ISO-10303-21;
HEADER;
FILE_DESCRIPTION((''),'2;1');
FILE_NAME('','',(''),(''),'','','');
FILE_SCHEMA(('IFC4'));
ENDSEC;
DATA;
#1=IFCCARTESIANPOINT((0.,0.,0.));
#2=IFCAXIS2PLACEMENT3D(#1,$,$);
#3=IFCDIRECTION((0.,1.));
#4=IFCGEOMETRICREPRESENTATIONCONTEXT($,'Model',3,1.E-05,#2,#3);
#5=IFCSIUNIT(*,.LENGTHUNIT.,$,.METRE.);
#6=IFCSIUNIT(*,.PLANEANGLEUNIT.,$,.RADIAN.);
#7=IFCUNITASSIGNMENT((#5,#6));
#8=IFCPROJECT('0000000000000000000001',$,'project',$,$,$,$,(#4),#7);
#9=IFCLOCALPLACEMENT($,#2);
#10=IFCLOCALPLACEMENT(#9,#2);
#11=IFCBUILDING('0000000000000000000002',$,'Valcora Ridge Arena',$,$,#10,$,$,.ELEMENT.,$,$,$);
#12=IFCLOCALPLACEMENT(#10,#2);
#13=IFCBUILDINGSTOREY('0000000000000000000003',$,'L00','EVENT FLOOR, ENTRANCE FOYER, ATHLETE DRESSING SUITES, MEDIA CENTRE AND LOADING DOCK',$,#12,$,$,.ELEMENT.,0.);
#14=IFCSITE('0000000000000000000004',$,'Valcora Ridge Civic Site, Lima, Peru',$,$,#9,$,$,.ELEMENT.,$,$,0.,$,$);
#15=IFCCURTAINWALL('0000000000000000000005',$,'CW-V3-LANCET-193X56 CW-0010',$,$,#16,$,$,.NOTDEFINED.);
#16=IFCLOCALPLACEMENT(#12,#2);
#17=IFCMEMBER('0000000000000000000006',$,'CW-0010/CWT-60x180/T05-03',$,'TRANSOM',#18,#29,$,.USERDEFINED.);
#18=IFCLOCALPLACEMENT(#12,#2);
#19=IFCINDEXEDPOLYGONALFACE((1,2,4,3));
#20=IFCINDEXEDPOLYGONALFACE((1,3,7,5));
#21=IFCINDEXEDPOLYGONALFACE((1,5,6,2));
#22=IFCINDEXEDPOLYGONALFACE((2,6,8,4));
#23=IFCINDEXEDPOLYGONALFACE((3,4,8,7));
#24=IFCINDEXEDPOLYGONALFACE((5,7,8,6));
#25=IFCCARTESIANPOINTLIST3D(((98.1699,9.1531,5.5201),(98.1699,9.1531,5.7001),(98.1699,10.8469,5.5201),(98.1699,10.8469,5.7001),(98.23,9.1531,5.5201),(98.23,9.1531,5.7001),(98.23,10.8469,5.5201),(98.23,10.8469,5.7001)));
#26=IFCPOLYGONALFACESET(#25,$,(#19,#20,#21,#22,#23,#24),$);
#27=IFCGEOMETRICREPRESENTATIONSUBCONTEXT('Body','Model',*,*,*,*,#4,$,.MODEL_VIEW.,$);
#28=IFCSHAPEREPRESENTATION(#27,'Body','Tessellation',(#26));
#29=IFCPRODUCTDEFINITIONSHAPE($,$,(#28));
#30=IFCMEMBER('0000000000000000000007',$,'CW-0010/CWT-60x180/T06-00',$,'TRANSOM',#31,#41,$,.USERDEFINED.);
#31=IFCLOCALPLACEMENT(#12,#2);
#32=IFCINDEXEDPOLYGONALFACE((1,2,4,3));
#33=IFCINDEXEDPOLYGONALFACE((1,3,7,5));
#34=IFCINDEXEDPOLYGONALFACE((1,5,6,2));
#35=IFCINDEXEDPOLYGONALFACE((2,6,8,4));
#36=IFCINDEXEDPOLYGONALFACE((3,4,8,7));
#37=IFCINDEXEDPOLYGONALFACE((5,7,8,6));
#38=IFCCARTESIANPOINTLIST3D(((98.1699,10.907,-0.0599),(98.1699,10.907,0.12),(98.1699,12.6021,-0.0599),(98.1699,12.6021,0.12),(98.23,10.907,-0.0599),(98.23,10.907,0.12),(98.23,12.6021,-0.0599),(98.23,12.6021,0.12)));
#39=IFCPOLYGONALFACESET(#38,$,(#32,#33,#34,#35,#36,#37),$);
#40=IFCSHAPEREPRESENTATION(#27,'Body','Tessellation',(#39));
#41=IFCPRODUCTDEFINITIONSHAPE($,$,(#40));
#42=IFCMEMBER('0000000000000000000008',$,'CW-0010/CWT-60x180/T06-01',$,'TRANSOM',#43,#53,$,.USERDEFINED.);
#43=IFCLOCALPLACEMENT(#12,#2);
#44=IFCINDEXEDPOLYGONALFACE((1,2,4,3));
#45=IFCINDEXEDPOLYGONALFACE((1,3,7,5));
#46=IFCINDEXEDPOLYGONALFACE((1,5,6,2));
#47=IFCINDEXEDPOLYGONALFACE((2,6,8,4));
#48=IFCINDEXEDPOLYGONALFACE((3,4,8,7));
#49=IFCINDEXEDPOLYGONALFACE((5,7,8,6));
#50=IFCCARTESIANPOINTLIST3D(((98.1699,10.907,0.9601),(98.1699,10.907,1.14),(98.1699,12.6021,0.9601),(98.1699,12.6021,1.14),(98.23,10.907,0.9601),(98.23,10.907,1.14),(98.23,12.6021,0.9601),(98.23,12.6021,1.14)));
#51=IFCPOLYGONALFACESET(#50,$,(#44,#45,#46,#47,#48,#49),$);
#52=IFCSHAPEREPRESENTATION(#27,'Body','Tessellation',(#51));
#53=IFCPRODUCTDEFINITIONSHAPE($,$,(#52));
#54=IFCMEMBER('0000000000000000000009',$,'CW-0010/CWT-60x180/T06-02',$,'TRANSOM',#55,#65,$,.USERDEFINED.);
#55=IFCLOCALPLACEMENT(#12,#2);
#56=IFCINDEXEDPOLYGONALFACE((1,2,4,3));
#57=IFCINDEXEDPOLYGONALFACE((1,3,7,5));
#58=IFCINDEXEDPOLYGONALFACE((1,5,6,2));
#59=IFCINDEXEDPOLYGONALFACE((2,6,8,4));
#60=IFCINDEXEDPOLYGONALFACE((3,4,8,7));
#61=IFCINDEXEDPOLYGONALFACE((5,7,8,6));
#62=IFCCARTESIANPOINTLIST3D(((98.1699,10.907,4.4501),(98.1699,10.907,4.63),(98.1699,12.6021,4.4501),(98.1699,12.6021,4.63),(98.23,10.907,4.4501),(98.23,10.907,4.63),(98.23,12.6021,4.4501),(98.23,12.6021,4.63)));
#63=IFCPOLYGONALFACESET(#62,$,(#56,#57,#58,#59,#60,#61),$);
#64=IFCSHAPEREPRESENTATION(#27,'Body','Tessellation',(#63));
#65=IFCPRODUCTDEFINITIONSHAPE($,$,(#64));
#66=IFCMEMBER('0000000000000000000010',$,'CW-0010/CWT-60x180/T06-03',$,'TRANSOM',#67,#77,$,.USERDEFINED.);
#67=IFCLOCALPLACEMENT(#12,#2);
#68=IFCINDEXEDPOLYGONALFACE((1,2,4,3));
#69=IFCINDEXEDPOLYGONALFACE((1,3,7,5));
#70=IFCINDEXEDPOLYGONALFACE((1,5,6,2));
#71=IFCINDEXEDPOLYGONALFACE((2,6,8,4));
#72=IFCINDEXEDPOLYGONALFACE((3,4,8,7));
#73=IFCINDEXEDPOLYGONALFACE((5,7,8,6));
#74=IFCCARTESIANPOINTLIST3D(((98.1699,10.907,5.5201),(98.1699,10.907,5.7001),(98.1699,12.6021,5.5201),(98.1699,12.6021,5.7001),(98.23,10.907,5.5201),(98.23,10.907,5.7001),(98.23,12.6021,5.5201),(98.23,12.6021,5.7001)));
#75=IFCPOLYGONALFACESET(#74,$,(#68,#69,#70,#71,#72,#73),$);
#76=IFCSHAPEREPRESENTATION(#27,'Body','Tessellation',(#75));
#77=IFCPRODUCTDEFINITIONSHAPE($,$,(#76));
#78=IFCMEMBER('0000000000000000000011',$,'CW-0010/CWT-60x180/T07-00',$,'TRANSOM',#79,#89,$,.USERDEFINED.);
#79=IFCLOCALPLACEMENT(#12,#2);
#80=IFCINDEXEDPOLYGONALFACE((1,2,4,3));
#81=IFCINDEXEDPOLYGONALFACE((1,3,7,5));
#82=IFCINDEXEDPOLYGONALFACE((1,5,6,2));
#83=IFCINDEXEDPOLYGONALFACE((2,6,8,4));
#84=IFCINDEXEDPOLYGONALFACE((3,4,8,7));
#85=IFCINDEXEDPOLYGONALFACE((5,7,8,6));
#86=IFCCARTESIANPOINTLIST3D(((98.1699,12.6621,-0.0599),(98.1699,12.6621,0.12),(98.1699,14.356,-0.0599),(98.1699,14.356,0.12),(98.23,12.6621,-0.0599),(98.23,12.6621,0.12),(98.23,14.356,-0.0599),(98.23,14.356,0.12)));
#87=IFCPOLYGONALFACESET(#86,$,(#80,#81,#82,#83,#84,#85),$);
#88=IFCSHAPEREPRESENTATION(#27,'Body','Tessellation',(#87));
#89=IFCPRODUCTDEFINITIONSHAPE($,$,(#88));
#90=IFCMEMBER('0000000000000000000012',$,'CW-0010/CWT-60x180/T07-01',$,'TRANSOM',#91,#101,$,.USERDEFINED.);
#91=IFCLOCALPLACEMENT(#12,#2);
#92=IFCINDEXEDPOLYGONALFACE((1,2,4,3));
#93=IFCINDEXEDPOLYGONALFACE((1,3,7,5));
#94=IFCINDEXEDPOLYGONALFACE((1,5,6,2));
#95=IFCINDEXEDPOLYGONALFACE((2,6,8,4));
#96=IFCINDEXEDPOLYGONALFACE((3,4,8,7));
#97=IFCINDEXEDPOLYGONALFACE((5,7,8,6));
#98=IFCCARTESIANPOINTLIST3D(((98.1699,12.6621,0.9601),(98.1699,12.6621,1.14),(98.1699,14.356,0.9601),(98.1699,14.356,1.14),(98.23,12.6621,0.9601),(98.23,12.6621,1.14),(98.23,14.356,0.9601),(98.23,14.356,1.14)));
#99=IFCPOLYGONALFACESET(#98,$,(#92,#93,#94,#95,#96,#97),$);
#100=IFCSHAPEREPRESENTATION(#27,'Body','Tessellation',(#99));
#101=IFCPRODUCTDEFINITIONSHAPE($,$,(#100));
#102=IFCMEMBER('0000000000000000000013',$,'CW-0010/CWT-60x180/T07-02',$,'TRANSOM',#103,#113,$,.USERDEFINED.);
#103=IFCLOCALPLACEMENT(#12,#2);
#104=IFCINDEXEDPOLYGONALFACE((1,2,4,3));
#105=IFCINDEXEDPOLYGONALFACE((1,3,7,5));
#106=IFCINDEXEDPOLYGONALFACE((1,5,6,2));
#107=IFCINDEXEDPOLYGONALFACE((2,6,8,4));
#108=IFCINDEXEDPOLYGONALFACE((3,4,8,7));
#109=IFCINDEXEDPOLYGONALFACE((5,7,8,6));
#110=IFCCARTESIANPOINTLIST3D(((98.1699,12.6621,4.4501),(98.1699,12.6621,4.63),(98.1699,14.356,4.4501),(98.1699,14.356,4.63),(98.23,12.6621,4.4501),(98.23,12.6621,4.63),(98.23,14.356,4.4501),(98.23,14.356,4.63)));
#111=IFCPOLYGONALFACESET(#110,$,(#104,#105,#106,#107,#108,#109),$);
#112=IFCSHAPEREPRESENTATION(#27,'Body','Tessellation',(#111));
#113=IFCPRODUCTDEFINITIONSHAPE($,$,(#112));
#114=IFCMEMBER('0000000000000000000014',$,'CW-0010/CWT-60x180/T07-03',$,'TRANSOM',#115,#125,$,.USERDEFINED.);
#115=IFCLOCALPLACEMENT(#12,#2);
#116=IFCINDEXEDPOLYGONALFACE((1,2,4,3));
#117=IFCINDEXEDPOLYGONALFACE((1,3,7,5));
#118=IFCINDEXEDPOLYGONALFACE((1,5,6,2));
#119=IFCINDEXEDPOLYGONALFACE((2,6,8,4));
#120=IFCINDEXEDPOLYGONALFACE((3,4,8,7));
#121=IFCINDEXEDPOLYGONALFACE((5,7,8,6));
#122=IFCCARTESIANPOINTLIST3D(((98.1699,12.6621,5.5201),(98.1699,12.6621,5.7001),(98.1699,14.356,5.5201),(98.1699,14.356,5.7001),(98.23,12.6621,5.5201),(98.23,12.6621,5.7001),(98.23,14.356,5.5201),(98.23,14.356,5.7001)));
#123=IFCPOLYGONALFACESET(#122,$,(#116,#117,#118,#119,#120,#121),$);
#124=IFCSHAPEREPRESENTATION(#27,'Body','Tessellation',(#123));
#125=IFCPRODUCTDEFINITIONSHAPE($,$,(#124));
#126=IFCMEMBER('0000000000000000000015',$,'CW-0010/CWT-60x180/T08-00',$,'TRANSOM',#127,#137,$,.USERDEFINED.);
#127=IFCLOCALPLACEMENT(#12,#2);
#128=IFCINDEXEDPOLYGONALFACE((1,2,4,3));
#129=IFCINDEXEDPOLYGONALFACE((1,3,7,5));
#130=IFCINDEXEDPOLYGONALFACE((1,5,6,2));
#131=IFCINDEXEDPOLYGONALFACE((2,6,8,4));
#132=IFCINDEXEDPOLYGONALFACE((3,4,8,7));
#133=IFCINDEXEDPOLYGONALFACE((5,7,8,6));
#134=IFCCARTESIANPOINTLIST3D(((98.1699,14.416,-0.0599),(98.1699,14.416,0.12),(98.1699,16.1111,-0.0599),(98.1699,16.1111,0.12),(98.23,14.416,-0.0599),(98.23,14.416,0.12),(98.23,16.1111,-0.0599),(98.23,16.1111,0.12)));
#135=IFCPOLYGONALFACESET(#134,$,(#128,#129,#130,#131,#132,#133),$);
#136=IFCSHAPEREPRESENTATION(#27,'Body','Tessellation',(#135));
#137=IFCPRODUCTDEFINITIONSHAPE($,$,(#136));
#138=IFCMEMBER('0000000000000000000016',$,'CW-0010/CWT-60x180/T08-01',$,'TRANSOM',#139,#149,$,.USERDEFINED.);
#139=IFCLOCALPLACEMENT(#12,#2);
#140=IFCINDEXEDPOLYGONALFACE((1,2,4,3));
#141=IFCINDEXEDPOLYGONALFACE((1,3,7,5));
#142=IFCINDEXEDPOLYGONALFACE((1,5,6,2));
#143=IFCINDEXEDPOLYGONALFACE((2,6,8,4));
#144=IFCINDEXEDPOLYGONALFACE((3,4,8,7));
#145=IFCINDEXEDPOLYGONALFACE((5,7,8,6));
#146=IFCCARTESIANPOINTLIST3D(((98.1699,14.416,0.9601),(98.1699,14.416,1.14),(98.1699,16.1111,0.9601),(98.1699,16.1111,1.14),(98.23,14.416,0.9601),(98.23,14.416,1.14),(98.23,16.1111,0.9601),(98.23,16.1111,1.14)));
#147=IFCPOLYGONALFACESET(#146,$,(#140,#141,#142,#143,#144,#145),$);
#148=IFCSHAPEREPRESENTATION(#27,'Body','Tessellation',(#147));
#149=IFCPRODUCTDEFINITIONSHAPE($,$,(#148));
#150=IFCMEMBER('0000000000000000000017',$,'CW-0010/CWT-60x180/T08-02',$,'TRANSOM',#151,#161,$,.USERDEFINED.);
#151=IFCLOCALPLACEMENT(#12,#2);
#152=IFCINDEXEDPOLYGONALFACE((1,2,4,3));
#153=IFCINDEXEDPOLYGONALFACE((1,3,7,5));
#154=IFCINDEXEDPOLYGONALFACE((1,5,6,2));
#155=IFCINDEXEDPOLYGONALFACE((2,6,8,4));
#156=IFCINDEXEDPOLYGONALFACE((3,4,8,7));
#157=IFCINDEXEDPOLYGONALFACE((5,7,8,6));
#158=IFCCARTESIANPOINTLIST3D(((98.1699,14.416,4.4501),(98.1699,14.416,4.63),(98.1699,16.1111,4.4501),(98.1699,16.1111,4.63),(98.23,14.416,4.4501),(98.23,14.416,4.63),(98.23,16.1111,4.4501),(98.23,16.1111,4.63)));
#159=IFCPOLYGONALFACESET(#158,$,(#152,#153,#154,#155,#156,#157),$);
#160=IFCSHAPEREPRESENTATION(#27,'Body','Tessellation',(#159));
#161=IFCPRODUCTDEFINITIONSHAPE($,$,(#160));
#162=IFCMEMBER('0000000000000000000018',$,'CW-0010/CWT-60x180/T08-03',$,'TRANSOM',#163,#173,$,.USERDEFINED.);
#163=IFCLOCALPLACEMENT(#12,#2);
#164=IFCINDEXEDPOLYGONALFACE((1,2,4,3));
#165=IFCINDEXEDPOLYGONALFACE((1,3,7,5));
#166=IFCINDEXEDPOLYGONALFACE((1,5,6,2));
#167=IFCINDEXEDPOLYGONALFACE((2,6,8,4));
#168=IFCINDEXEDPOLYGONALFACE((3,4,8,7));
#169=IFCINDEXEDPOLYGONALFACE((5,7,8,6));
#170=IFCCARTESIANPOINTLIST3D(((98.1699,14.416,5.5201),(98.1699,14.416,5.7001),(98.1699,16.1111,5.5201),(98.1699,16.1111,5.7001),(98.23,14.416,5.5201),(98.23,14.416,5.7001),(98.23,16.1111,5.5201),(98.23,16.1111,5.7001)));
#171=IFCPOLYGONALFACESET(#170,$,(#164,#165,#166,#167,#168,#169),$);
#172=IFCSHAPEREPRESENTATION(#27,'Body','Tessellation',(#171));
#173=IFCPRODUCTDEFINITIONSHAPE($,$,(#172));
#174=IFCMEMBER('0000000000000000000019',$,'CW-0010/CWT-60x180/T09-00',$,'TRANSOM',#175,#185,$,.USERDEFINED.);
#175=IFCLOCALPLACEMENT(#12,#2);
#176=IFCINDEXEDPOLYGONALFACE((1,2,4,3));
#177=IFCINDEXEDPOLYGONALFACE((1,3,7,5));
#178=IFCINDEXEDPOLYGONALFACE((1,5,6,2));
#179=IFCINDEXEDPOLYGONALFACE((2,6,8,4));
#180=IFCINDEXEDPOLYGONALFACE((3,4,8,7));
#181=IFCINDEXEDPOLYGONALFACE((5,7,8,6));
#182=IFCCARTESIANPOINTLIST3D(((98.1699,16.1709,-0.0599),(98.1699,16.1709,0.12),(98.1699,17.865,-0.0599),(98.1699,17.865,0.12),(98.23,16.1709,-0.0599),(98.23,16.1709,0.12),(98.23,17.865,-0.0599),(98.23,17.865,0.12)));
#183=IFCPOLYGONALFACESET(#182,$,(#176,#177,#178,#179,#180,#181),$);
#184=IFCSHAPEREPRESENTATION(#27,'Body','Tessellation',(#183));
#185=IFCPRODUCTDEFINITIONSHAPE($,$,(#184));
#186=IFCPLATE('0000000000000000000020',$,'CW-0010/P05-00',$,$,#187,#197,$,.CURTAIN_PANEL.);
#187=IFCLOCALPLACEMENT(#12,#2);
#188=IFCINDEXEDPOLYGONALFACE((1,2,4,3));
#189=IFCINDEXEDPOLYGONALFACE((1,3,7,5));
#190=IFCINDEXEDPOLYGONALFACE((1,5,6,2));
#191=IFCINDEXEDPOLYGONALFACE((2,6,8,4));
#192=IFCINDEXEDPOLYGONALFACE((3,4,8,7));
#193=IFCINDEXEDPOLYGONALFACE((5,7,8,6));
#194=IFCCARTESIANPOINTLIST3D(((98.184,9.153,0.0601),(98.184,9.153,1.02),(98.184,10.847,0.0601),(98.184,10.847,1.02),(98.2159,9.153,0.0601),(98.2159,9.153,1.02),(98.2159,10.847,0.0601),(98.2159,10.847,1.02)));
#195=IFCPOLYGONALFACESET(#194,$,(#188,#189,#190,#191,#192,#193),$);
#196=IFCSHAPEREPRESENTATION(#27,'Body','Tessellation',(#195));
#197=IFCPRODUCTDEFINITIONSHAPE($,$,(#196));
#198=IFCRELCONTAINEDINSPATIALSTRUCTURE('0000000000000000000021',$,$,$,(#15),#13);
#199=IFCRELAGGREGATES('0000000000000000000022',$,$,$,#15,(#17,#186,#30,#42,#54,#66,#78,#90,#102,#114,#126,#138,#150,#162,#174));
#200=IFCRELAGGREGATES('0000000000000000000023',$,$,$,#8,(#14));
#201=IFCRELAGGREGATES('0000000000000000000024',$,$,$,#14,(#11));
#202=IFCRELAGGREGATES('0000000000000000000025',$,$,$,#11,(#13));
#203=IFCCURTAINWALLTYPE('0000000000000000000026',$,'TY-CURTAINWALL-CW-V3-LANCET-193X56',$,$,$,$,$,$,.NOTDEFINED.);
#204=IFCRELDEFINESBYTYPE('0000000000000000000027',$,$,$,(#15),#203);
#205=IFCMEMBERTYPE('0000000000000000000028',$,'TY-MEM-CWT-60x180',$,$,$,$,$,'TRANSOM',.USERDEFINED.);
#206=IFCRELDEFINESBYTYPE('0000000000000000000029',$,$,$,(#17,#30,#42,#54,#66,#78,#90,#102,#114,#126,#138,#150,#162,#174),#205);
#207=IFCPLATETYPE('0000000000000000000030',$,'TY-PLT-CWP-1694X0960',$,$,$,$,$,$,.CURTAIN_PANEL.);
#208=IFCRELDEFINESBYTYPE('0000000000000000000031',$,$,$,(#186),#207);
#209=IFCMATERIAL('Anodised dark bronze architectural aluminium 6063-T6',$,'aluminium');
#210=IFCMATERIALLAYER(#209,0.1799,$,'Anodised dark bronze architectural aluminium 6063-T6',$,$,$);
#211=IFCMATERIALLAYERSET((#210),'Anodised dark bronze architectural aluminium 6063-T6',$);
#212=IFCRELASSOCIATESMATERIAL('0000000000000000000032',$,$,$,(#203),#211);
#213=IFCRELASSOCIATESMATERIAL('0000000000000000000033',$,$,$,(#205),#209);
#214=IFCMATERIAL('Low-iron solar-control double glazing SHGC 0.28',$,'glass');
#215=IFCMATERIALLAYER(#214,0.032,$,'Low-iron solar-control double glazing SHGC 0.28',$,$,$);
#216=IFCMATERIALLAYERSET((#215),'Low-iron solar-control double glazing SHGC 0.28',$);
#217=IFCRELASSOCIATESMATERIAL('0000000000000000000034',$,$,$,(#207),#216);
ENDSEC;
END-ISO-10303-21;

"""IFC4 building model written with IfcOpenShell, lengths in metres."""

from ifc_helpers import new_model, si_unit, direction, frame, origin, origin_2d, place, context, subcontext, project, spatial, rectangle, extrude, material, layer, layer_set, material_profile, profile_set, type_object, element, aggregate, save


model = new_model("IFC4")

# Units and contexts
model_context = context("Model", 3, precision=1e-05, world=origin(), true_north=direction((0.0, 1.0)))
body_context = subcontext(model_context, "Body", "Model", "MODEL_VIEW")
ifc_project = project(units=[si_unit("LENGTHUNIT", "METRE"), si_unit("PLANEANGLEUNIT", "RADIAN")], contexts=[model_context])

# Site, building, storey
site_placement = place(None, origin())
site = spatial("IfcSite", under=ifc_project, at=site_placement, Name="Valcora Ridge Civic Site, Lima, Peru", CompositionType="ELEMENT", RefElevation=0.0)
building_placement = place(site_placement, origin())
building = spatial("IfcBuilding", under=site, at=building_placement, Name="Valcora Ridge Arena", CompositionType="ELEMENT")
storey_placement = place(building_placement, origin())
storey = spatial("IfcBuildingStorey", under=building, at=storey_placement, Name="L00", Description="EVENT FLOOR, ENTRANCE FOYER, ATHLETE DRESSING SUITES, MEDIA CENTRE AND LOADING DOCK", CompositionType="ELEMENT", Elevation=0.0)

# Curtain wall, members, plate
ifc_material_1 = material(Name="Anodised dark bronze architectural aluminium 6063-T6", Category="aluminium")
ifc_layer_1 = layer(ifc_material_1, 0.1799, Name="Anodised dark bronze architectural aluminium 6063-T6")
ifc_layer_set_1 = layer_set([ifc_layer_1], Name="Anodised dark bronze architectural aluminium 6063-T6")
curtain_wall_type = type_object("IfcCurtainWallType", Name="TY-CURTAINWALL-CW-V3-LANCET-193X56", PredefinedType="NOTDEFINED", material=ifc_layer_set_1)
curtain_wall_placement = place(storey_placement, origin())
curtain_wall = element("IfcCurtainWall", 1, at=curtain_wall_placement, inside=storey, type_object=curtain_wall_type, Name="CW-V3-LANCET-193X56 CW-0010", PredefinedType="NOTDEFINED")
ifc_material_profile_1 = material_profile(ifc_material_1, rectangle(XDim=0.0601, YDim=0.1799, at=origin_2d()), Name="ALU TRANSOM 60x180")
ifc_profile_set_1 = profile_set([ifc_material_profile_1], Name="Anodised dark bronze architectural aluminium 6063-T6")
member_type_1 = type_object("IfcMemberType", Name="TY-MEM-CWT-60x180", ElementType="TRANSOM", PredefinedType="USERDEFINED", material=ifc_profile_set_1)
member_1_placement = place(storey_placement, frame((98.2, 9.1531, 5.6101), z_axis=(0.0, 1.0, 0.0), x_axis=(-1.0, 0.0, 0.0)))
member_1 = element("IfcMember", 2, at=member_1_placement, type_object=member_type_1, Name="CW-0010/CWT-60x180/T05-03", ObjectType="TRANSOM", PredefinedType="USERDEFINED", context=body_context, shape_type="SweptSolid", body=[
    extrude(rectangle(XDim=0.0601, YDim=0.1799, at=origin_2d()), origin(), (0.0, 0.0, 1.0), 1.6938),
])
member_2_placement = place(storey_placement, frame((98.2, 10.907, 0.03), z_axis=(0.0, 1.0, 0.0), x_axis=(-1.0, 0.0, 0.0)))
member_2 = element("IfcMember", 3, at=member_2_placement, type_object=member_type_1, Name="CW-0010/CWT-60x180/T06-00", ObjectType="TRANSOM", PredefinedType="USERDEFINED", context=body_context, shape_type="SweptSolid", body=[
    extrude(rectangle(XDim=0.0601, YDim=0.1799, at=origin_2d()), origin(), (0.0, 0.0, 1.0), 1.6951),
])
member_3_placement = place(storey_placement, frame((98.2, 10.907, 1.05), z_axis=(0.0, 1.0, 0.0), x_axis=(-1.0, 0.0, 0.0)))
member_3 = element("IfcMember", 4, at=member_3_placement, type_object=member_type_1, Name="CW-0010/CWT-60x180/T06-01", ObjectType="TRANSOM", PredefinedType="USERDEFINED", context=body_context, shape_type="SweptSolid", body=[
    extrude(rectangle(XDim=0.0601, YDim=0.1799, at=origin_2d()), origin(), (0.0, 0.0, 1.0), 1.6951),
])
member_4_placement = place(storey_placement, frame((98.2, 10.907, 4.54), z_axis=(0.0, 1.0, 0.0), x_axis=(-1.0, 0.0, 0.0)))
member_4 = element("IfcMember", 5, at=member_4_placement, type_object=member_type_1, Name="CW-0010/CWT-60x180/T06-02", ObjectType="TRANSOM", PredefinedType="USERDEFINED", context=body_context, shape_type="SweptSolid", body=[
    extrude(rectangle(XDim=0.0601, YDim=0.1799, at=origin_2d()), origin(), (0.0, 0.0, 1.0), 1.6951),
])
member_5_placement = place(storey_placement, frame((98.2, 10.907, 5.6101), z_axis=(0.0, 1.0, 0.0), x_axis=(-1.0, 0.0, 0.0)))
member_5 = element("IfcMember", 6, at=member_5_placement, type_object=member_type_1, Name="CW-0010/CWT-60x180/T06-03", ObjectType="TRANSOM", PredefinedType="USERDEFINED", context=body_context, shape_type="SweptSolid", body=[
    extrude(rectangle(XDim=0.0601, YDim=0.1799, at=origin_2d()), origin(), (0.0, 0.0, 1.0), 1.6951),
])
member_6_placement = place(storey_placement, frame((98.2, 12.6621, 0.03), z_axis=(0.0, 1.0, 0.0), x_axis=(-1.0, 0.0, 0.0)))
member_6 = element("IfcMember", 7, at=member_6_placement, type_object=member_type_1, Name="CW-0010/CWT-60x180/T07-00", ObjectType="TRANSOM", PredefinedType="USERDEFINED", context=body_context, shape_type="SweptSolid", body=[
    extrude(rectangle(XDim=0.0601, YDim=0.1799, at=origin_2d()), origin(), (0.0, 0.0, 1.0), 1.6938),
])
member_7_placement = place(storey_placement, frame((98.2, 12.6621, 1.05), z_axis=(0.0, 1.0, 0.0), x_axis=(-1.0, 0.0, 0.0)))
member_7 = element("IfcMember", 8, at=member_7_placement, type_object=member_type_1, Name="CW-0010/CWT-60x180/T07-01", ObjectType="TRANSOM", PredefinedType="USERDEFINED", context=body_context, shape_type="SweptSolid", body=[
    extrude(rectangle(XDim=0.0601, YDim=0.1799, at=origin_2d()), origin(), (0.0, 0.0, 1.0), 1.6938),
])
member_8_placement = place(storey_placement, frame((98.2, 12.6621, 4.54), z_axis=(0.0, 1.0, 0.0), x_axis=(-1.0, 0.0, 0.0)))
member_8 = element("IfcMember", 9, at=member_8_placement, type_object=member_type_1, Name="CW-0010/CWT-60x180/T07-02", ObjectType="TRANSOM", PredefinedType="USERDEFINED", context=body_context, shape_type="SweptSolid", body=[
    extrude(rectangle(XDim=0.0601, YDim=0.1799, at=origin_2d()), origin(), (0.0, 0.0, 1.0), 1.6938),
])
member_9_placement = place(storey_placement, frame((98.2, 12.6621, 5.6101), z_axis=(0.0, 1.0, 0.0), x_axis=(-1.0, 0.0, 0.0)))
member_9 = element("IfcMember", 10, at=member_9_placement, type_object=member_type_1, Name="CW-0010/CWT-60x180/T07-03", ObjectType="TRANSOM", PredefinedType="USERDEFINED", context=body_context, shape_type="SweptSolid", body=[
    extrude(rectangle(XDim=0.0601, YDim=0.1799, at=origin_2d()), origin(), (0.0, 0.0, 1.0), 1.6938),
])
member_10_placement = place(storey_placement, frame((98.2, 14.416, 0.03), z_axis=(0.0, 1.0, 0.0), x_axis=(-1.0, 0.0, 0.0)))
member_10 = element("IfcMember", 11, at=member_10_placement, type_object=member_type_1, Name="CW-0010/CWT-60x180/T08-00", ObjectType="TRANSOM", PredefinedType="USERDEFINED", context=body_context, shape_type="SweptSolid", body=[
    extrude(rectangle(XDim=0.0601, YDim=0.1799, at=origin_2d()), origin(), (0.0, 0.0, 1.0), 1.6951),
])
member_11_placement = place(storey_placement, frame((98.2, 14.416, 1.05), z_axis=(0.0, 1.0, 0.0), x_axis=(-1.0, 0.0, 0.0)))
member_11 = element("IfcMember", 12, at=member_11_placement, type_object=member_type_1, Name="CW-0010/CWT-60x180/T08-01", ObjectType="TRANSOM", PredefinedType="USERDEFINED", context=body_context, shape_type="SweptSolid", body=[
    extrude(rectangle(XDim=0.0601, YDim=0.1799, at=origin_2d()), origin(), (0.0, 0.0, 1.0), 1.6951),
])
member_12_placement = place(storey_placement, frame((98.2, 14.416, 4.54), z_axis=(0.0, 1.0, 0.0), x_axis=(-1.0, 0.0, 0.0)))
member_12 = element("IfcMember", 13, at=member_12_placement, type_object=member_type_1, Name="CW-0010/CWT-60x180/T08-02", ObjectType="TRANSOM", PredefinedType="USERDEFINED", context=body_context, shape_type="SweptSolid", body=[
    extrude(rectangle(XDim=0.0601, YDim=0.1799, at=origin_2d()), origin(), (0.0, 0.0, 1.0), 1.6951),
])
member_13_placement = place(storey_placement, frame((98.2, 14.416, 5.6101), z_axis=(0.0, 1.0, 0.0), x_axis=(-1.0, 0.0, 0.0)))
member_13 = element("IfcMember", 14, at=member_13_placement, type_object=member_type_1, Name="CW-0010/CWT-60x180/T08-03", ObjectType="TRANSOM", PredefinedType="USERDEFINED", context=body_context, shape_type="SweptSolid", body=[
    extrude(rectangle(XDim=0.0601, YDim=0.1799, at=origin_2d()), origin(), (0.0, 0.0, 1.0), 1.6951),
])
member_14_placement = place(storey_placement, frame((98.2, 16.1709, 0.03), z_axis=(0.0, 1.0, 0.0), x_axis=(-1.0, 0.0, 0.0)))
member_14 = element("IfcMember", 15, at=member_14_placement, type_object=member_type_1, Name="CW-0010/CWT-60x180/T09-00", ObjectType="TRANSOM", PredefinedType="USERDEFINED", context=body_context, shape_type="SweptSolid", body=[
    extrude(rectangle(XDim=0.0601, YDim=0.1799, at=origin_2d()), origin(), (0.0, 0.0, 1.0), 1.6941),
])
ifc_material_2 = material(Name="Low-iron solar-control double glazing SHGC 0.28", Category="glass")
ifc_layer_2 = layer(ifc_material_2, 0.032, Name="Low-iron solar-control double glazing SHGC 0.28")
ifc_layer_set_2 = layer_set([ifc_layer_2], Name="Low-iron solar-control double glazing SHGC 0.28")
plate_type_1 = type_object("IfcPlateType", Name="TY-PLT-CWP-1694X0960", PredefinedType="CURTAIN_PANEL", material=ifc_layer_set_2)
plate_1_placement = place(storey_placement, frame((98.2, 10.0, 0.0601), z_axis=(0.0, 0.0, 1.0), x_axis=(0.0, 1.0, 0.0)))
plate_1 = element("IfcPlate", 16, at=plate_1_placement, type_object=plate_type_1, Name="CW-0010/P05-00", PredefinedType="CURTAIN_PANEL", context=body_context, shape_type="SweptSolid", body=[
    extrude(rectangle(XDim=1.6941, YDim=0.032, at=origin_2d()), origin(), (0.0, 0.0, 1.0), 0.96),
])
aggregate(curtain_wall, [member_1, plate_1, member_2, member_3, member_4, member_5, member_6, member_7, member_8, member_9, member_10, member_11, member_12, member_13, member_14])

save(model, "model.ifc")
